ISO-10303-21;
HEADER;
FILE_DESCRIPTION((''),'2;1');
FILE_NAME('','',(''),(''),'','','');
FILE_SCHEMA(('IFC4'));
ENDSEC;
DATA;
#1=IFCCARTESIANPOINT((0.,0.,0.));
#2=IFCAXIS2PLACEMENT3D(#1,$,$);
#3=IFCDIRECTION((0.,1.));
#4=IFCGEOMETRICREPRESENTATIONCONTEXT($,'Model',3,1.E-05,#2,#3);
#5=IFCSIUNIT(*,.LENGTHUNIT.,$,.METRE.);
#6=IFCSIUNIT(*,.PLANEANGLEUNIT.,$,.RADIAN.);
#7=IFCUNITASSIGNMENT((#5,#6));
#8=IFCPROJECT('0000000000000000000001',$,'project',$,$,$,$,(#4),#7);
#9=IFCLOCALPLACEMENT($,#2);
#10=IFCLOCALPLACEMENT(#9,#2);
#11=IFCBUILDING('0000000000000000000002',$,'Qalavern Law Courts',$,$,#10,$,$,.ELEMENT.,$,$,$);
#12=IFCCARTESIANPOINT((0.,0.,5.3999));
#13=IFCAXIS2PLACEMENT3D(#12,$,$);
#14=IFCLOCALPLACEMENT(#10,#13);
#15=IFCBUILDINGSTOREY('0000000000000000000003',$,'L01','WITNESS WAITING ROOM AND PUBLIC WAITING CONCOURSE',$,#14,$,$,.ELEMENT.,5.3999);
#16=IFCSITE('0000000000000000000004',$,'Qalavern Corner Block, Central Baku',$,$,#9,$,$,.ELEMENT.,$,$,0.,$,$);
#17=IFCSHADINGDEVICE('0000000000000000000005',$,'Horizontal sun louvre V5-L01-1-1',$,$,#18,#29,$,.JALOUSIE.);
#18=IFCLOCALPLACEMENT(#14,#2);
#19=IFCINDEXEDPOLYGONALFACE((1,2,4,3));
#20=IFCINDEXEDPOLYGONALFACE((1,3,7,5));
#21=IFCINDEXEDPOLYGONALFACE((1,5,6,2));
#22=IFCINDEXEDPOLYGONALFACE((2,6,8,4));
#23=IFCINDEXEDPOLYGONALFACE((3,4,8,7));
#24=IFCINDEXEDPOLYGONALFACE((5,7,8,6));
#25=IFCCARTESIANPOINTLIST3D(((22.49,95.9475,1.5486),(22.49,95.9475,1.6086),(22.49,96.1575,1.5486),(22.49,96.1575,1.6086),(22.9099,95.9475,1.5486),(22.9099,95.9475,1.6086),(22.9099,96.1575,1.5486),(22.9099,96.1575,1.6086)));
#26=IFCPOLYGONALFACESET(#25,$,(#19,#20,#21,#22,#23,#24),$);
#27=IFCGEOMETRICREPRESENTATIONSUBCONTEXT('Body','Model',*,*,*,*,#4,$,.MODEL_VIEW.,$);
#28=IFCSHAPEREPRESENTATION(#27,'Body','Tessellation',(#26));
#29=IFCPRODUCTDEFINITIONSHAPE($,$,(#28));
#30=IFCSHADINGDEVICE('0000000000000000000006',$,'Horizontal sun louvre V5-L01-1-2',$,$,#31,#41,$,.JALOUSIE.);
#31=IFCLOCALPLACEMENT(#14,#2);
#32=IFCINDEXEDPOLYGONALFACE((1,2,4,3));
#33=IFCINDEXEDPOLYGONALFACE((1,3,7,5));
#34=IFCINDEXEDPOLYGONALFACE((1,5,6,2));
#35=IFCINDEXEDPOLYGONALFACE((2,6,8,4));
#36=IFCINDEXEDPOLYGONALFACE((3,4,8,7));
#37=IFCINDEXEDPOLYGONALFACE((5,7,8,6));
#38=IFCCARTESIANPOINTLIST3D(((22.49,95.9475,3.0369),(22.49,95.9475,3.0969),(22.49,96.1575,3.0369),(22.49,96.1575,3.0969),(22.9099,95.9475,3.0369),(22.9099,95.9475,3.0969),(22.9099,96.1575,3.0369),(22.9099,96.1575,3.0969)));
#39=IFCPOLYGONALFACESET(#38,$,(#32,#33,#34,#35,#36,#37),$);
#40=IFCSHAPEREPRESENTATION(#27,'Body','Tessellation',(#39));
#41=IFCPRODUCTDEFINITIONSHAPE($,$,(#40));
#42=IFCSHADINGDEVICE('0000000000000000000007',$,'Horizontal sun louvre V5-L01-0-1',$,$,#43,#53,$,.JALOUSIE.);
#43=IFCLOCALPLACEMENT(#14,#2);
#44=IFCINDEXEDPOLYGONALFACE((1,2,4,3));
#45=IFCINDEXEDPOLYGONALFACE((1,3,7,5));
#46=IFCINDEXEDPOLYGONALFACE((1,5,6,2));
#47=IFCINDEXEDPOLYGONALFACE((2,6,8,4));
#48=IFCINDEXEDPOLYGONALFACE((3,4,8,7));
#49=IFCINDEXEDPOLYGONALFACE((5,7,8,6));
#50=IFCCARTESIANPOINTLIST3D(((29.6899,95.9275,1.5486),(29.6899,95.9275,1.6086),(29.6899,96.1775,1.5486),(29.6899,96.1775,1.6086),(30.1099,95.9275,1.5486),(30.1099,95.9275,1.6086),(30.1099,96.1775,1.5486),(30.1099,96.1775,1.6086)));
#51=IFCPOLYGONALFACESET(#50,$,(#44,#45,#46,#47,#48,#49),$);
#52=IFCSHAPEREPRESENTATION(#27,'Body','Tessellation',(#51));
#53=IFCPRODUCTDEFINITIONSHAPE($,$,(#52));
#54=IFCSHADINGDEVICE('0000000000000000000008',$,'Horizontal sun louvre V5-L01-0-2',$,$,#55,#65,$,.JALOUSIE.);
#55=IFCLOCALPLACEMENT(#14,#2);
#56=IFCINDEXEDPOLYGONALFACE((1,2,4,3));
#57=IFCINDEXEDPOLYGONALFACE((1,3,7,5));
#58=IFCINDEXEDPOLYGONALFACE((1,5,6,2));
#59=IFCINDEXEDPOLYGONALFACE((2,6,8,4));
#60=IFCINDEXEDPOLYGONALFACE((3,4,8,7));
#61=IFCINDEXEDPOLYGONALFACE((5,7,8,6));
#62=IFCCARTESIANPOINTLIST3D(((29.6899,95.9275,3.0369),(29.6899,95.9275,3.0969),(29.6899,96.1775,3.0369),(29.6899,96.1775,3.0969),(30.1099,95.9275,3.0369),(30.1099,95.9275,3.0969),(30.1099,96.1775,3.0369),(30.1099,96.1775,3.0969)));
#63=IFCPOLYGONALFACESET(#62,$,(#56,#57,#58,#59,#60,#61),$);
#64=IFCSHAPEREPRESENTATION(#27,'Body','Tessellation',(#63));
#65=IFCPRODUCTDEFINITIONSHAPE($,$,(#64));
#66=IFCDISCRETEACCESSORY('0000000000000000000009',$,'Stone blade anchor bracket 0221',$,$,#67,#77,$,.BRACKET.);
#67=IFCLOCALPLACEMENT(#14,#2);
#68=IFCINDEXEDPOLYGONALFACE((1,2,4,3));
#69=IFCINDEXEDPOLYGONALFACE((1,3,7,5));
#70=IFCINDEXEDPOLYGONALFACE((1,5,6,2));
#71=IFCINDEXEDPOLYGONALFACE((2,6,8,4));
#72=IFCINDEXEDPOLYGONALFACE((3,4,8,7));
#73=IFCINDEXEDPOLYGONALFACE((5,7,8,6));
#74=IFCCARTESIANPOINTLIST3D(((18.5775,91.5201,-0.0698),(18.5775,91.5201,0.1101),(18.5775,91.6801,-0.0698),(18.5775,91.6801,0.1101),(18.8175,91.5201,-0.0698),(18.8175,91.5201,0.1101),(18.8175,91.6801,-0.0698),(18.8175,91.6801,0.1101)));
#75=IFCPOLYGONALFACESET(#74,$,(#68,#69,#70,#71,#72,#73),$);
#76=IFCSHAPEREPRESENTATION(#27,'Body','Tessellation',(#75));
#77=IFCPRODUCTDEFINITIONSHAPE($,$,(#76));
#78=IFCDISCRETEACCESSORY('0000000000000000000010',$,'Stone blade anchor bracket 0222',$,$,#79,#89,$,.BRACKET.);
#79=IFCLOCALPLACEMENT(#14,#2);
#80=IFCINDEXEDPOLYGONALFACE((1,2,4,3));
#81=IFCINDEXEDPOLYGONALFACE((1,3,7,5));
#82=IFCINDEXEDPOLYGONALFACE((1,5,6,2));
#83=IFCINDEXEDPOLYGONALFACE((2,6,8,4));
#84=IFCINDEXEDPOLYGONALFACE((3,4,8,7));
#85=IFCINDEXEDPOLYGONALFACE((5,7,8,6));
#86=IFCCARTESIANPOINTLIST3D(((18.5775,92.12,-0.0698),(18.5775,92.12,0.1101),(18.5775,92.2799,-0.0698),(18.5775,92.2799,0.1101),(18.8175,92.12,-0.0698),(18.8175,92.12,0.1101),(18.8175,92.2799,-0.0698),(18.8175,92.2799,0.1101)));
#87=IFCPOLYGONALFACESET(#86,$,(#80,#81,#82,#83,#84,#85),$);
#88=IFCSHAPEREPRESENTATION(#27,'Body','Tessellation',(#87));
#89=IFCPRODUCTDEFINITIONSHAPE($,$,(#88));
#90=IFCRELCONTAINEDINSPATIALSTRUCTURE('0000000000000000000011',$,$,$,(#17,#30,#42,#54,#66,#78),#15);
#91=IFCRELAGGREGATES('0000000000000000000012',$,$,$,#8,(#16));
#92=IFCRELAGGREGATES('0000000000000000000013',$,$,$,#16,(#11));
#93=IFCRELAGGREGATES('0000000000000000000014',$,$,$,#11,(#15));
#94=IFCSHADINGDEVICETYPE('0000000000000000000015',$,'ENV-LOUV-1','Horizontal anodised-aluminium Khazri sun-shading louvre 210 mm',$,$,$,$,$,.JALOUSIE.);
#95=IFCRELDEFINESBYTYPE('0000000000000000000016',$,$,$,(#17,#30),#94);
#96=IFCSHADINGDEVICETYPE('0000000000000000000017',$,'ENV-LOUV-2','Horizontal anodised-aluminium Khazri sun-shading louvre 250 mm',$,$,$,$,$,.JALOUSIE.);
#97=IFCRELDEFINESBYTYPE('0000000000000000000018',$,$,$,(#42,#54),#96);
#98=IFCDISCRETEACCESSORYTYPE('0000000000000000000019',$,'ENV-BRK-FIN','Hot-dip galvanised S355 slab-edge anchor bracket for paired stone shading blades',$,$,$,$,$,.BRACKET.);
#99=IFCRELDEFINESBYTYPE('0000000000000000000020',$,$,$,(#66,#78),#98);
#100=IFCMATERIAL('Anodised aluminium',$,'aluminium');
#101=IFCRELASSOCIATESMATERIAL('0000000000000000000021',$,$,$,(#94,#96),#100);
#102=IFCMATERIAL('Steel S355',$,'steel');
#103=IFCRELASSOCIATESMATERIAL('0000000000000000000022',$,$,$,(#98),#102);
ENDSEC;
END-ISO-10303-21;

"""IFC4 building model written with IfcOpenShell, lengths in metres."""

from ifc_helpers import new_model, si_unit, direction, frame, origin, origin_2d, place, context, subcontext, project, spatial, rectangle, extrude, material, type_object, element, save


model = new_model("IFC4")

# Units and contexts
model_context = context("Model", 3, precision=1e-05, world=origin(), true_north=direction((0.0, 1.0)))
body_context = subcontext(model_context, "Body", "Model", "MODEL_VIEW")
ifc_project = project(units=[si_unit("LENGTHUNIT", "METRE"), si_unit("PLANEANGLEUNIT", "RADIAN")], contexts=[model_context])

# Site, building, storey
site_placement = place(None, origin())
site = spatial("IfcSite", under=ifc_project, at=site_placement, Name="Qalavern Corner Block, Central Baku", CompositionType="ELEMENT", RefElevation=0.0)
building_placement = place(site_placement, origin())
building = spatial("IfcBuilding", under=site, at=building_placement, Name="Qalavern Law Courts", CompositionType="ELEMENT")
storey_placement = place(building_placement, frame((0.0, 0.0, 5.3999)))
storey = spatial("IfcBuildingStorey", under=building, at=storey_placement, Name="L01", Description="WITNESS WAITING ROOM AND PUBLIC WAITING CONCOURSE", CompositionType="ELEMENT", Elevation=5.3999)

# Shared definitions
ifc_material_1 = material(Name="Anodised aluminium", Category="aluminium")

# Shading devices
shading_device_type_1 = type_object("IfcShadingDeviceType", Name="ENV-LOUV-1", Description="Horizontal anodised-aluminium Khazri sun-shading louvre 210 mm", PredefinedType="JALOUSIE", material=ifc_material_1)
for number, where, z_axis, x_axis, name in (
    (1, (22.7, 96.0525, 1.5486), (0.0, 0.0, 1.0), (1.0, 0.0, 0.0), "Horizontal sun louvre V5-L01-1-1"),
    (2, (22.7, 96.0525, 3.0369), (0.0, 0.0, 1.0), (1.0, 0.0, 0.0), "Horizontal sun louvre V5-L01-1-2"),
):
    element("IfcShadingDevice", number, at=place(storey_placement, frame(where, z_axis=z_axis, x_axis=x_axis)), inside=storey, type_object=shading_device_type_1, Name=name, PredefinedType="JALOUSIE", context=body_context, shape_type="SweptSolid", body=[
        extrude(rectangle(XDim=0.4199, YDim=0.21, at=origin_2d()), origin(), (0.0, 0.0, 1.0), 0.0601),
    ])
shading_device_type_2 = type_object("IfcShadingDeviceType", Name="ENV-LOUV-2", Description="Horizontal anodised-aluminium Khazri sun-shading louvre 250 mm", PredefinedType="JALOUSIE", material=ifc_material_1)
for number, where, z_axis, x_axis, name in (
    (3, (29.8999, 96.0525, 1.5486), (0.0, 0.0, 1.0), (1.0, 0.0, 0.0), "Horizontal sun louvre V5-L01-0-1"),
    (4, (29.8999, 96.0525, 3.0369), (0.0, 0.0, 1.0), (1.0, 0.0, 0.0), "Horizontal sun louvre V5-L01-0-2"),
):
    element("IfcShadingDevice", number, at=place(storey_placement, frame(where, z_axis=z_axis, x_axis=x_axis)), inside=storey, type_object=shading_device_type_2, Name=name, PredefinedType="JALOUSIE", context=body_context, shape_type="SweptSolid", body=[
        extrude(rectangle(XDim=0.4199, YDim=0.25, at=origin_2d()), origin(), (0.0, 0.0, 1.0), 0.0601),
    ])

# Discrete accessories
ifc_material_2 = material(Name="Steel S355", Category="steel")
discrete_accessory_type = type_object("IfcDiscreteAccessoryType", Name="ENV-BRK-FIN", Description="Hot-dip galvanised S355 slab-edge anchor bracket for paired stone shading blades", PredefinedType="BRACKET", material=ifc_material_2)
for number, where, z_axis, x_axis, name in (
    (5, (18.6975, 91.6001, -0.0698), (0.0, 0.0, 1.0), (1.0, 0.0, 0.0), "Stone blade anchor bracket 0221"),
    (6, (18.6975, 92.2, -0.0698), (0.0, 0.0, 1.0), (1.0, 0.0, 0.0), "Stone blade anchor bracket 0222"),
):
    element("IfcDiscreteAccessory", number, at=place(storey_placement, frame(where, z_axis=z_axis, x_axis=x_axis)), inside=storey, type_object=discrete_accessory_type, Name=name, PredefinedType="BRACKET", context=body_context, shape_type="SweptSolid", body=[
        extrude(rectangle(XDim=0.24, YDim=0.1599, at=origin_2d()), origin(), (0.0, 0.0, 1.0), 0.1799),
    ])

save(model, "model.ifc")
